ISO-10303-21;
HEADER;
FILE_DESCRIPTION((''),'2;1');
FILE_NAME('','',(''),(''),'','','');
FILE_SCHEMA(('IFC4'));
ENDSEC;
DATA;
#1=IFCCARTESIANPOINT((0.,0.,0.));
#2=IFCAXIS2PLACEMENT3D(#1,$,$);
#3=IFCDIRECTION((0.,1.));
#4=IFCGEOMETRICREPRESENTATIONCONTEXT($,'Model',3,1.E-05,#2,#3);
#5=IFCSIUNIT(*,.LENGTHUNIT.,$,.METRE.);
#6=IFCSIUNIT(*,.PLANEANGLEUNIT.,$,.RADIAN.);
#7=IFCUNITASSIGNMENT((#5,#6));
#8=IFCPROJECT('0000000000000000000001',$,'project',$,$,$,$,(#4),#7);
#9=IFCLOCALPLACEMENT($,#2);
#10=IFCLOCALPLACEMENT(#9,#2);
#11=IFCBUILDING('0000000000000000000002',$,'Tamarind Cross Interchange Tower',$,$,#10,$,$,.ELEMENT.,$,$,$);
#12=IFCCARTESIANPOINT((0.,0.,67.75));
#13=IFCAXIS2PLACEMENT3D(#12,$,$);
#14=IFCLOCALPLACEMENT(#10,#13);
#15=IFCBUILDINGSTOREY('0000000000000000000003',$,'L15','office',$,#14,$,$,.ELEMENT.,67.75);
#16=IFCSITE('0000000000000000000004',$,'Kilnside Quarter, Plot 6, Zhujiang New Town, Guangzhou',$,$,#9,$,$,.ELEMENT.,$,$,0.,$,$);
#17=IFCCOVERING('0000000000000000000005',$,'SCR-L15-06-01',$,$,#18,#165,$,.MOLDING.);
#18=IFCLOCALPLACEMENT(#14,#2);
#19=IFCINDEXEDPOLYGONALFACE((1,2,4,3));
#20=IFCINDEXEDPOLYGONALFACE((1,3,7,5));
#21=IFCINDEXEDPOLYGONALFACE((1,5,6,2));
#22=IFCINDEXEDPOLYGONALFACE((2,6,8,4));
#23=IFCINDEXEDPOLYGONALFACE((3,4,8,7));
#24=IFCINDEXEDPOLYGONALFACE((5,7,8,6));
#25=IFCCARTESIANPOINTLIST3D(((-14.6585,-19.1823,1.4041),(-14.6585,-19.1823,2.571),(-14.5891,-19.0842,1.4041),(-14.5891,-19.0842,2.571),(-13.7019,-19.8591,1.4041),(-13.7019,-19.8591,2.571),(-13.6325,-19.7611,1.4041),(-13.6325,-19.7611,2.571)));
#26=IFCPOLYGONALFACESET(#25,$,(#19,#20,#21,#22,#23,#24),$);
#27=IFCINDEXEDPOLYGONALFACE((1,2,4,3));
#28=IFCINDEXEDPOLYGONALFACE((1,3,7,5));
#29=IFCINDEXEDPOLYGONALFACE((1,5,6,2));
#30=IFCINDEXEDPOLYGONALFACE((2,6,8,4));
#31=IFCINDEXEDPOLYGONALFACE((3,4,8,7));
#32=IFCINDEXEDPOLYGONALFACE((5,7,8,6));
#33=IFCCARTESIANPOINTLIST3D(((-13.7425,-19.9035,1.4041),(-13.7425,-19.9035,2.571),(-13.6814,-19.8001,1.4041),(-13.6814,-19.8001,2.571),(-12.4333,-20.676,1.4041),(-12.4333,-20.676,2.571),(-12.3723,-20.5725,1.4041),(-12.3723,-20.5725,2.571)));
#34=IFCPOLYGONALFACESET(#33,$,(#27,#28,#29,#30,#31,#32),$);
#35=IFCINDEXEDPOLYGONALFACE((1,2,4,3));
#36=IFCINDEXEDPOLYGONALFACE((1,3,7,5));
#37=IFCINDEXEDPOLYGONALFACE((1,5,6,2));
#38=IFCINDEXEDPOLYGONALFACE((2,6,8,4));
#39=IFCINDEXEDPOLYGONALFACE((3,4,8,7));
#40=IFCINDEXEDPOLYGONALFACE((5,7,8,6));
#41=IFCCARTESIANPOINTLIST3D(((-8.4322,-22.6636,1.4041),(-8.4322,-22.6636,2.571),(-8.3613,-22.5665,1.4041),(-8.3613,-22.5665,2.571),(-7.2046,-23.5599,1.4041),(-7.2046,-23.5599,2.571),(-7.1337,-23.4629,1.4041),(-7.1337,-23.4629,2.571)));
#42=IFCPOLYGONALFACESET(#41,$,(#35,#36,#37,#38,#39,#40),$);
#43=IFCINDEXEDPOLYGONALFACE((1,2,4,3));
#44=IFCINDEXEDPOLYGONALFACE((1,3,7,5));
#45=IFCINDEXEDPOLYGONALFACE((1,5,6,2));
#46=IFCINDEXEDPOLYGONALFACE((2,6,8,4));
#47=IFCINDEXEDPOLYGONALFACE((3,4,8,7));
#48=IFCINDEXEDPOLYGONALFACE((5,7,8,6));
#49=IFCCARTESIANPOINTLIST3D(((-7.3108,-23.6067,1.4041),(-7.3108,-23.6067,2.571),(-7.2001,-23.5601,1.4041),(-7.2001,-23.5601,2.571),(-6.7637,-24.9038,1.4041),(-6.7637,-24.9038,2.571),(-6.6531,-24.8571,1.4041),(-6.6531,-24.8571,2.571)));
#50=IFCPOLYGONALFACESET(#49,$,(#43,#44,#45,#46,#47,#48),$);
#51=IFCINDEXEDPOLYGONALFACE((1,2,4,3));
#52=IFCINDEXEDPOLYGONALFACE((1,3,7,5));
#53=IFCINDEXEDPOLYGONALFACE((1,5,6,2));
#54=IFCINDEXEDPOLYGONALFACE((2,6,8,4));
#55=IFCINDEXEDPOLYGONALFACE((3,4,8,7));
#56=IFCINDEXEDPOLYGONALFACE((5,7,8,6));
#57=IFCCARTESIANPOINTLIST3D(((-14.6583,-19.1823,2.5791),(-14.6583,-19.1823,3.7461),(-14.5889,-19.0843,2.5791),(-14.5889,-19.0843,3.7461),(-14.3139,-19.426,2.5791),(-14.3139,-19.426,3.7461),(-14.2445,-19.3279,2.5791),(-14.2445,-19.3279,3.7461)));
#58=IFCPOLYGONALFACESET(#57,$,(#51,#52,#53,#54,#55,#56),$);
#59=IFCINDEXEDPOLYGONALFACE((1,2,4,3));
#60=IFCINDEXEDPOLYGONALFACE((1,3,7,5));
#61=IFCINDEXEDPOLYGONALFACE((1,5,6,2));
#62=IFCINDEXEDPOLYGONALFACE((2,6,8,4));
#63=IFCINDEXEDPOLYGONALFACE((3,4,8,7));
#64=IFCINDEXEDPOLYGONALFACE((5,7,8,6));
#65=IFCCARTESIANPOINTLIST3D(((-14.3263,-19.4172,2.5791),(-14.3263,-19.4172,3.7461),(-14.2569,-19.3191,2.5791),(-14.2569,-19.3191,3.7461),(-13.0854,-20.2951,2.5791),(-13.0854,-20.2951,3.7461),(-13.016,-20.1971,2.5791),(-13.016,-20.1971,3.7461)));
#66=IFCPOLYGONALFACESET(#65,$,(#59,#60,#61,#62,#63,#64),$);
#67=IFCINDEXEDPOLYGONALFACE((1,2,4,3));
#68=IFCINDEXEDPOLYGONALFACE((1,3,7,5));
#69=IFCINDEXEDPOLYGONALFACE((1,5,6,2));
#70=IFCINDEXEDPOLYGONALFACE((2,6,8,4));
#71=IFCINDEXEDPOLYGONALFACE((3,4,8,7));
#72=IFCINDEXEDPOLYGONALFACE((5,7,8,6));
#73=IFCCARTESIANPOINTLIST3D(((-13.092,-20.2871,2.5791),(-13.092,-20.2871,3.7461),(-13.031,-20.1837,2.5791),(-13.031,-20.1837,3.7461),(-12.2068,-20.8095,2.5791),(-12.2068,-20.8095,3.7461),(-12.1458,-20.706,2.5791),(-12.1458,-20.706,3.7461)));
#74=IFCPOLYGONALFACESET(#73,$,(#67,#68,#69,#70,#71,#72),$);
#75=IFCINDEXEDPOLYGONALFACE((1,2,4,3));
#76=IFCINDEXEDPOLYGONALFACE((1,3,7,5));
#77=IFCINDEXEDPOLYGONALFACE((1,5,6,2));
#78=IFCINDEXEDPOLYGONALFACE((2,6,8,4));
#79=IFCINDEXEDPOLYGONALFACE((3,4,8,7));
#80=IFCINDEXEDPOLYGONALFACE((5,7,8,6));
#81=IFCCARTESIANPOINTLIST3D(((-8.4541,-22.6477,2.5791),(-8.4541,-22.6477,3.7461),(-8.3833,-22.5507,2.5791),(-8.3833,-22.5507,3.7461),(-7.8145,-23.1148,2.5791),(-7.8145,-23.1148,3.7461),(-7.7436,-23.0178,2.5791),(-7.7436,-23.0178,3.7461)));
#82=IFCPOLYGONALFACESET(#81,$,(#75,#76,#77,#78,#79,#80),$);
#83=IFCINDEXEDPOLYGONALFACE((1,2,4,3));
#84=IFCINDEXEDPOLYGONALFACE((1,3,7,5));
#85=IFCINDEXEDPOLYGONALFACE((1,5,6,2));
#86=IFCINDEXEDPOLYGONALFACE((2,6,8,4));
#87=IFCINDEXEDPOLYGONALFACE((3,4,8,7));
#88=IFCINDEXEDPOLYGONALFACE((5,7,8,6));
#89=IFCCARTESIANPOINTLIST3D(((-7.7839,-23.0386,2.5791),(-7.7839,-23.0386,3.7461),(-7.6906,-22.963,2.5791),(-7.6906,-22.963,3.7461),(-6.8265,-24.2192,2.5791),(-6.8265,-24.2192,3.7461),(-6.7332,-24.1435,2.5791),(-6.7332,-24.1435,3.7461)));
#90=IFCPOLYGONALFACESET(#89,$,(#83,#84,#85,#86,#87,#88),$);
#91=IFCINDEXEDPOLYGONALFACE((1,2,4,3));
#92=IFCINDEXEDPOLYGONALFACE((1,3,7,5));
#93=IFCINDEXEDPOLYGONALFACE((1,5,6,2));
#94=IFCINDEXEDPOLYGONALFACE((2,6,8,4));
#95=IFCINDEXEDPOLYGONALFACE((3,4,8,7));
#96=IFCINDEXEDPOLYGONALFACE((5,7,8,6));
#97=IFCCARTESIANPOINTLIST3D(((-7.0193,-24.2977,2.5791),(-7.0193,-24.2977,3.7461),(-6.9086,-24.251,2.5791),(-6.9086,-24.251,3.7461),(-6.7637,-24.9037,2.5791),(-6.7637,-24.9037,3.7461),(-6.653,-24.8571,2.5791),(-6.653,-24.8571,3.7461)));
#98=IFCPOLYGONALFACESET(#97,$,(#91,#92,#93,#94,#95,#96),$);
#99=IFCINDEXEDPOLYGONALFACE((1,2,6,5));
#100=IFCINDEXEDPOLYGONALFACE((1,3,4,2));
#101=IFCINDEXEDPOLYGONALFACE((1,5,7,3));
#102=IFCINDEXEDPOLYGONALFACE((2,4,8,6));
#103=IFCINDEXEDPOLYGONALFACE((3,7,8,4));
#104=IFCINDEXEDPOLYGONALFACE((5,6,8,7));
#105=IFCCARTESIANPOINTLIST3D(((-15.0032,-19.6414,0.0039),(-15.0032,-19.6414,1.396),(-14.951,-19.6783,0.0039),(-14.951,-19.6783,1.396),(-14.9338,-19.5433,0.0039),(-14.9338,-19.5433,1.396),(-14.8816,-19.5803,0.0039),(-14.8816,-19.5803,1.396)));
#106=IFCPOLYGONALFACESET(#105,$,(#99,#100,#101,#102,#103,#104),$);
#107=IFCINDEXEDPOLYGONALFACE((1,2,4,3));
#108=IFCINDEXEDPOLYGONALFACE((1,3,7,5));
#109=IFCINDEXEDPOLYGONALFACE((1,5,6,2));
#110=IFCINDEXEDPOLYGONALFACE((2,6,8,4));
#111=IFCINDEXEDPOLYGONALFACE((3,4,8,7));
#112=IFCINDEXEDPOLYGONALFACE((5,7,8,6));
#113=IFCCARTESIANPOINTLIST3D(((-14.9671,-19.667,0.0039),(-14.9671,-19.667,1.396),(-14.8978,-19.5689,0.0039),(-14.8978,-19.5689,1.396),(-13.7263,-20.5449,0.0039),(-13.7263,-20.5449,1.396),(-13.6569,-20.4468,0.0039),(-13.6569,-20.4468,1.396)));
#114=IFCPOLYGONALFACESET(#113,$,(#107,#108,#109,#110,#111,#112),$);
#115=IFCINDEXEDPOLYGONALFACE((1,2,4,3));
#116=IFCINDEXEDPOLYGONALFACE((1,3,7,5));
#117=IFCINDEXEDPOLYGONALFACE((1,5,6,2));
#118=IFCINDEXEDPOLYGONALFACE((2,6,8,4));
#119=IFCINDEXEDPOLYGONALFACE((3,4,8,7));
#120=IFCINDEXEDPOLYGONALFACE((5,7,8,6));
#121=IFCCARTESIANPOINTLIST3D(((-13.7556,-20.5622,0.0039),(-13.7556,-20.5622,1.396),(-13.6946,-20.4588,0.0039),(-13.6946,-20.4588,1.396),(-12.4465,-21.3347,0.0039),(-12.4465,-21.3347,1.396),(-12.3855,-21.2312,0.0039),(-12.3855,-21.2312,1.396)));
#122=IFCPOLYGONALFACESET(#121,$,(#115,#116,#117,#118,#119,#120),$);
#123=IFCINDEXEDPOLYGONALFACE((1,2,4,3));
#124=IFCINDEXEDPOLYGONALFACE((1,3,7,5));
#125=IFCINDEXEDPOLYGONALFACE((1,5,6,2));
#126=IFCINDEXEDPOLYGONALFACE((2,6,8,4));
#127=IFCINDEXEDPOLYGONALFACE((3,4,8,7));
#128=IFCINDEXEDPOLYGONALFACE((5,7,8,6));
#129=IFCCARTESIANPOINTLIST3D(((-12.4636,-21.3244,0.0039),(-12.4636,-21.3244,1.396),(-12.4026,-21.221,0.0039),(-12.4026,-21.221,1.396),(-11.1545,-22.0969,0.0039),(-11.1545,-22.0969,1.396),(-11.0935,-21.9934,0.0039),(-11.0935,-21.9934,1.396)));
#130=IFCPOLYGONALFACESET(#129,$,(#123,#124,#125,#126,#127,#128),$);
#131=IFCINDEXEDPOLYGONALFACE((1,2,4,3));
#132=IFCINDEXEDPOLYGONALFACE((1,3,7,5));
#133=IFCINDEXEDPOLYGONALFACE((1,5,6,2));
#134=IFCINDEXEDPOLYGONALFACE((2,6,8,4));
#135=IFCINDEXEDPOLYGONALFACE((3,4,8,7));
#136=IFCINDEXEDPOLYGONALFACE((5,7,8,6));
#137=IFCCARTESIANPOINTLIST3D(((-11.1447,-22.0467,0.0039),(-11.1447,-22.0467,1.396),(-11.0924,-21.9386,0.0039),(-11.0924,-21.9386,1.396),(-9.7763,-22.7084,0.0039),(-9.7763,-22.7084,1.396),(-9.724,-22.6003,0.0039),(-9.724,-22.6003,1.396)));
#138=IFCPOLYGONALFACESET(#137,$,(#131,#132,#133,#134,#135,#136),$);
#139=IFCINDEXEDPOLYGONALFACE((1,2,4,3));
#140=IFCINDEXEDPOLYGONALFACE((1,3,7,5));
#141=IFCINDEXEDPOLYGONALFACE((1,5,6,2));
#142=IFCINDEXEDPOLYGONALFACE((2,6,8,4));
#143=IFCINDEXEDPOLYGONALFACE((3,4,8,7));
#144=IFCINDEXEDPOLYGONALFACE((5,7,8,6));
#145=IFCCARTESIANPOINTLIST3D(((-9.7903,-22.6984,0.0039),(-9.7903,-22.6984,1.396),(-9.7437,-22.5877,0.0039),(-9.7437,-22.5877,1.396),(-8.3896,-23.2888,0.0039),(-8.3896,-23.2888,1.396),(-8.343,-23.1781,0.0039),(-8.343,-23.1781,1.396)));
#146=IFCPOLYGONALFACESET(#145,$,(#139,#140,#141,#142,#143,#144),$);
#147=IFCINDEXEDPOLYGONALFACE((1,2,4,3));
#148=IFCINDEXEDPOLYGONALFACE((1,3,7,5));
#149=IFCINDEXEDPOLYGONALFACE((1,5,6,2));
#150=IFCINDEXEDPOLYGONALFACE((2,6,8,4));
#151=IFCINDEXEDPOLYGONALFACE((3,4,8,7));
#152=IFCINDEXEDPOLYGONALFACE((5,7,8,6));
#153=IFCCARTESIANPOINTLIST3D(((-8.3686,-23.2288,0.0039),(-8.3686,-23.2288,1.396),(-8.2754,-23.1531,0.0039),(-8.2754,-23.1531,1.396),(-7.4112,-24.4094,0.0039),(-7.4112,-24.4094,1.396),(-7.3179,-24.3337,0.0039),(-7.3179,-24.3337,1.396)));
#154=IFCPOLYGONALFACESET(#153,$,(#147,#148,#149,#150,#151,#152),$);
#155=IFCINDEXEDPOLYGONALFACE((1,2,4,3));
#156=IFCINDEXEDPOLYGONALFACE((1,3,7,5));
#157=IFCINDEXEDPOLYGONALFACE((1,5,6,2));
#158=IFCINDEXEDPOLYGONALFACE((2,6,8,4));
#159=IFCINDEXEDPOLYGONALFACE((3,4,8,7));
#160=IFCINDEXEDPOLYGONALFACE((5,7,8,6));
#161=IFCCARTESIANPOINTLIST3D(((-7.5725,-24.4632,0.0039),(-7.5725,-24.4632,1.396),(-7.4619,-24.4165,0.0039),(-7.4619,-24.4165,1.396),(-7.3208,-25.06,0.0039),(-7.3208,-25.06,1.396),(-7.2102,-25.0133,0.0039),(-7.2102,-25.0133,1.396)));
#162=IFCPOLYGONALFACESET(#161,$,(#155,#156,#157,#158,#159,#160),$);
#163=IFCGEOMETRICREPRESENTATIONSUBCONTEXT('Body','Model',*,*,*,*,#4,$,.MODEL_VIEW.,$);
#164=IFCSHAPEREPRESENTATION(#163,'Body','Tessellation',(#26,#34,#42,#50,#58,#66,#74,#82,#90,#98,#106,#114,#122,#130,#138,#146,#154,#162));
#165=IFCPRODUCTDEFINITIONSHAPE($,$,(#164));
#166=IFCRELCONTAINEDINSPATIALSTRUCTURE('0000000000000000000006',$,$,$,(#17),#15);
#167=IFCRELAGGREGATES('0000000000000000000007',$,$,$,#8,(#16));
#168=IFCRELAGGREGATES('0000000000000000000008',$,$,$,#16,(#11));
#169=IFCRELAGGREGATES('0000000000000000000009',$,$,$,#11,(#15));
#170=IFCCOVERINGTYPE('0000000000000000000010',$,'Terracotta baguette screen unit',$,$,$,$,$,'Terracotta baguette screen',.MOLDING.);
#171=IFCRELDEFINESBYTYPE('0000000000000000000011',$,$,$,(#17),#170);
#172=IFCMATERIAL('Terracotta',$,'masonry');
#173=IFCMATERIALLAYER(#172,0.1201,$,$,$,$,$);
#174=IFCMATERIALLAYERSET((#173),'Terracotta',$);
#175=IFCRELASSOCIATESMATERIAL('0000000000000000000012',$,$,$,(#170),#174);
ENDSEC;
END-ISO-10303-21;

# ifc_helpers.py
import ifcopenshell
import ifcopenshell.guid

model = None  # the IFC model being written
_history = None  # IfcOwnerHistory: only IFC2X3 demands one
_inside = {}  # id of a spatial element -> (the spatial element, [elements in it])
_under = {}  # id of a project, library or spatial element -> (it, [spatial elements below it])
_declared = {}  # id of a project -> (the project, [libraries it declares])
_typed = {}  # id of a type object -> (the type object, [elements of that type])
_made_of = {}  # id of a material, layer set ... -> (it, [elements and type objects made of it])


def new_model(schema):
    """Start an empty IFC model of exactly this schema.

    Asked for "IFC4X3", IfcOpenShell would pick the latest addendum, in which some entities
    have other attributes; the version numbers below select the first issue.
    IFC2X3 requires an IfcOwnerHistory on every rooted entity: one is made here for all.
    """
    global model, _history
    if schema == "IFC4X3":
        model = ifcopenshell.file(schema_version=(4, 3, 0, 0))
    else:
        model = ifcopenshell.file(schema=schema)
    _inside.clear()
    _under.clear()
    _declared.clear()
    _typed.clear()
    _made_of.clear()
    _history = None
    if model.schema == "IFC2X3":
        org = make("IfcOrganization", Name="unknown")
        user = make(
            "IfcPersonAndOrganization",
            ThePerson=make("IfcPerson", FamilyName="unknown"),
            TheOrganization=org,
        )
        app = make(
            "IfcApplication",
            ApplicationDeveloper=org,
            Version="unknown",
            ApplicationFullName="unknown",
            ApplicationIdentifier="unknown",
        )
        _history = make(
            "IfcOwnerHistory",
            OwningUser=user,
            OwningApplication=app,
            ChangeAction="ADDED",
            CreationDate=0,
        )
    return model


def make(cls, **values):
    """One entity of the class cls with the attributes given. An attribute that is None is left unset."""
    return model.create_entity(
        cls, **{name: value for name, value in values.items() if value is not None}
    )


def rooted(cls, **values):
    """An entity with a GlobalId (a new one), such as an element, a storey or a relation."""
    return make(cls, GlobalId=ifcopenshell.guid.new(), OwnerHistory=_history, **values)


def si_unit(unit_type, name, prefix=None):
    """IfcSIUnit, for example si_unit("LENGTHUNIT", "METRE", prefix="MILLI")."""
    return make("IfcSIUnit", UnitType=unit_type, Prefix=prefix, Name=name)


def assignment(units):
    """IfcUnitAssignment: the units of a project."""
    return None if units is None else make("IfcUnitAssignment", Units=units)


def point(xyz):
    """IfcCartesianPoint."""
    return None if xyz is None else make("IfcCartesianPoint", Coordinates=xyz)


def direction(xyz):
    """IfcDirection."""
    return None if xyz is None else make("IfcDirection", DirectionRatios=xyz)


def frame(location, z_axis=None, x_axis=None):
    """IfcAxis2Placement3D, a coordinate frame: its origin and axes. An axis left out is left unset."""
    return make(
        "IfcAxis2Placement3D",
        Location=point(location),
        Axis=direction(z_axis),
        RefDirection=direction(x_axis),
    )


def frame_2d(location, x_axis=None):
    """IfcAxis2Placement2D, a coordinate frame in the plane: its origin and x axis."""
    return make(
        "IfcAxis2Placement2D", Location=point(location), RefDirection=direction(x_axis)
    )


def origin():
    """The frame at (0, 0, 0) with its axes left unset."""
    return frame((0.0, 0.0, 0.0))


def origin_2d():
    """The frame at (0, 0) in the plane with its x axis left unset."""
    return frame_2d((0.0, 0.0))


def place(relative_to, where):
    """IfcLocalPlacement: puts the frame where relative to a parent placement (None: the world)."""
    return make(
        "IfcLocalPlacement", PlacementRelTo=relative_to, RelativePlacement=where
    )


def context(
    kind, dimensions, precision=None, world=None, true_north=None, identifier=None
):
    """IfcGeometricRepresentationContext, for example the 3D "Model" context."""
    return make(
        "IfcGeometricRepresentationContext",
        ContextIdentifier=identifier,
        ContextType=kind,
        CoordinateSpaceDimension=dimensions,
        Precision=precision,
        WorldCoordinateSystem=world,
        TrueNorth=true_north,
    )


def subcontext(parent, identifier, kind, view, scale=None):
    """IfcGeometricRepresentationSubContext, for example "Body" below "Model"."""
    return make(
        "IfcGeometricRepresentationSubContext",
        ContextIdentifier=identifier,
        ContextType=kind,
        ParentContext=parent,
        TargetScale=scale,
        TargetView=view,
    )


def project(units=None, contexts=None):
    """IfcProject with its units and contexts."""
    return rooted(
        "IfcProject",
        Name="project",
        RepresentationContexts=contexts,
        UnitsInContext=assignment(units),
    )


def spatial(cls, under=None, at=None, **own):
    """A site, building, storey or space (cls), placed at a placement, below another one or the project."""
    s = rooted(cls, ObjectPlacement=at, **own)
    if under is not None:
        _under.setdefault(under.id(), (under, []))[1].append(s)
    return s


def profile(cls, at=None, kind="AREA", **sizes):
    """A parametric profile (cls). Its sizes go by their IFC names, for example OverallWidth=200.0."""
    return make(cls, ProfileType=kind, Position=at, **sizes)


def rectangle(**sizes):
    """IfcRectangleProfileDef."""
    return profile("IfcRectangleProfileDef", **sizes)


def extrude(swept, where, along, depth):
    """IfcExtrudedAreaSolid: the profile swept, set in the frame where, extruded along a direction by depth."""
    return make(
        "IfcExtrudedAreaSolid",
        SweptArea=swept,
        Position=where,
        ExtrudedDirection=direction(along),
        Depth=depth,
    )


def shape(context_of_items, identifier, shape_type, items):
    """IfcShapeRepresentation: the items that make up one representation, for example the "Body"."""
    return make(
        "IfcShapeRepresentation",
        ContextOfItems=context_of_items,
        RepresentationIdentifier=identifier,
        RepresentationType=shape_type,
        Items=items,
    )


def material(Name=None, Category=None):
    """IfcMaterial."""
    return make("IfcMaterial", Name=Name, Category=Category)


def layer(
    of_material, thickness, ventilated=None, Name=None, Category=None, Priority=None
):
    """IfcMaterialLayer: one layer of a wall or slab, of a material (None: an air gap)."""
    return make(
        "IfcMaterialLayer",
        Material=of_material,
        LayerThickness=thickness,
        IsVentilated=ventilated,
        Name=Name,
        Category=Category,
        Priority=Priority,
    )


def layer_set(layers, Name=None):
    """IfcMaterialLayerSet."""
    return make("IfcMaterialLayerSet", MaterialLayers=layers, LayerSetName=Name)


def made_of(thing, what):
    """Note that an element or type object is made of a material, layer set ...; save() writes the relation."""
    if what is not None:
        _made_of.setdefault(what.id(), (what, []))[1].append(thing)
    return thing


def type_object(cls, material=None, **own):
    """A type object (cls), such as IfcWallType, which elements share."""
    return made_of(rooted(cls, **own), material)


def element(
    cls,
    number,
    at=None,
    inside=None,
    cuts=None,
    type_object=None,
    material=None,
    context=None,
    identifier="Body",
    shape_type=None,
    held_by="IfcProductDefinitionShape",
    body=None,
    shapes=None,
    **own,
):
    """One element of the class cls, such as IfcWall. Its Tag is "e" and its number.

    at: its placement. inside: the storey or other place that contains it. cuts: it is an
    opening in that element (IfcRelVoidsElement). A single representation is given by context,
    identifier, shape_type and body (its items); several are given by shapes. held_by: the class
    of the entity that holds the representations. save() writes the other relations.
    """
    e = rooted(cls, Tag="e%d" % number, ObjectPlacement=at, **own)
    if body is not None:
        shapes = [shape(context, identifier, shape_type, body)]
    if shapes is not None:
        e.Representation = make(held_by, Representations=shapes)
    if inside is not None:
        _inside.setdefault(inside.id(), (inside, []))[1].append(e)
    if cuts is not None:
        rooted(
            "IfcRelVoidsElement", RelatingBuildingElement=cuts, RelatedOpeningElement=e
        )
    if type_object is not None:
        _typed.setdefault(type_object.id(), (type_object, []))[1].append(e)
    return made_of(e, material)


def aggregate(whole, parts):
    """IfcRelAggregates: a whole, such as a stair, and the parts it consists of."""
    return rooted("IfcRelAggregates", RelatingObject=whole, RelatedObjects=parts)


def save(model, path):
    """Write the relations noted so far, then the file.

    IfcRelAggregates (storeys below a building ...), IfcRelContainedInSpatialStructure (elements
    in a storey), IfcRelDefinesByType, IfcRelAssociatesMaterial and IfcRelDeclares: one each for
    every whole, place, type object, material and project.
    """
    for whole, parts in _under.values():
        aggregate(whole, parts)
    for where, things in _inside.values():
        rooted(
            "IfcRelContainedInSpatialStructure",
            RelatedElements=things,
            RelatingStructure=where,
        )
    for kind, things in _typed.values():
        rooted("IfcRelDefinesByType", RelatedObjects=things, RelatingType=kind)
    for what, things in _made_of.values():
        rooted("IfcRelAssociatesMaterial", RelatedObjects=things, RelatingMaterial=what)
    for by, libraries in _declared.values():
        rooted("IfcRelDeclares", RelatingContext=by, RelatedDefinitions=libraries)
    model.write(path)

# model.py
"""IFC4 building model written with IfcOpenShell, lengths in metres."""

from ifc_helpers import new_model, si_unit, direction, frame, origin, origin_2d, place, context, subcontext, project, spatial, rectangle, extrude, material, layer, layer_set, type_object, element, save


model = new_model("IFC4")

# Units and contexts
model_context = context("Model", 3, precision=1e-05, world=origin(), true_north=direction((0.0, 1.0)))
body_context = subcontext(model_context, "Body", "Model", "MODEL_VIEW")
ifc_project = project(units=[si_unit("LENGTHUNIT", "METRE"), si_unit("PLANEANGLEUNIT", "RADIAN")], contexts=[model_context])

# Site, building, storey
site_placement = place(None, origin())
site = spatial("IfcSite", under=ifc_project, at=site_placement, Name="Kilnside Quarter, Plot 6, Zhujiang New Town, Guangzhou", CompositionType="ELEMENT", RefElevation=0.0)
building_placement = place(site_placement, origin())
building = spatial("IfcBuilding", under=site, at=building_placement, Name="Tamarind Cross Interchange Tower", CompositionType="ELEMENT")
storey_placement = place(building_placement, frame((0.0, 0.0, 67.75)))
storey = spatial("IfcBuildingStorey", under=building, at=storey_placement, Name="L15", Description="office", CompositionType="ELEMENT", Elevation=67.75)

# Covering
ifc_material_1 = material(Name="Terracotta", Category="masonry")
ifc_layer_1 = layer(ifc_material_1, 0.1201)
ifc_layer_set_1 = layer_set([ifc_layer_1], Name="Terracotta")
covering_type = type_object("IfcCoveringType", Name="Terracotta baguette screen unit", ElementType="Terracotta baguette screen", PredefinedType="MOLDING", material=ifc_layer_set_1)
covering_1_placement = place(storey_placement, origin())
element("IfcCovering", 1, at=covering_1_placement, inside=storey, type_object=covering_type, Name="SCR-L15-06-01", PredefinedType="MOLDING", context=body_context, shape_type="SweptSolid", body=[
    extrude(rectangle(XDim=1.1719, YDim=0.1201, at=origin_2d()), frame((-14.1455, -19.4717, 1.4041), z_axis=(0.0, 0.0, 1.0), x_axis=(0.816342, -0.577569, 0.0)), (0.0, 0.0, 1.0), 1.167),
    extrude(rectangle(XDim=1.52, YDim=0.1201, at=origin_2d()), frame((-13.0574, -20.238, 1.4041), z_axis=(0.0, 0.0, 1.0), x_axis=(0.861249, -0.508183, 0.0)), (0.0, 0.0, 1.0), 1.167),
    extrude(rectangle(XDim=1.52, YDim=0.1201, at=origin_2d()), frame((-7.783, -23.0632, 1.4041), z_axis=(0.0, 0.0, 1.0), x_axis=(0.807619, -0.589705, 0.0)), (0.0, 0.0, 1.0), 1.167),
    extrude(rectangle(XDim=1.4077, YDim=0.1201, at=origin_2d()), frame((-6.9819, -24.2319, 1.4041), z_axis=(0.0, 0.0, 1.0), x_axis=(0.388606, -0.921404, 0.0)), (0.0, 0.0, 1.0), 1.167),
    extrude(rectangle(XDim=0.4219, YDim=0.1201, at=origin_2d()), frame((-14.4514, -19.2551, 2.5791), z_axis=(0.0, 0.0, 1.0), x_axis=(0.816342, -0.577569, 0.0)), (0.0, 0.0, 1.0), 1.167),
    extrude(rectangle(XDim=1.52, YDim=0.1201, at=origin_2d()), frame((-13.6711, -19.8071, 2.5791), z_axis=(0.0, 0.0, 1.0), x_axis=(0.816342, -0.577569, 0.0)), (0.0, 0.0, 1.0), 1.167),
    extrude(rectangle(XDim=1.0278, YDim=0.1201, at=origin_2d()), frame((-12.6189, -20.4966, 2.5791), z_axis=(0.0, 0.0, 1.0), x_axis=(0.861249, -0.508183, 0.0)), (0.0, 0.0, 1.0), 1.167),
    extrude(rectangle(XDim=0.792, YDim=0.1201, at=origin_2d()), frame((-8.0989, -22.8328, 2.5791), z_axis=(0.0, 0.0, 1.0), x_axis=(0.807619, -0.589705, 0.0)), (0.0, 0.0, 1.0), 1.167),
    extrude(rectangle(XDim=1.52, YDim=0.1201, at=origin_2d()), frame((-7.2585, -23.5911, 2.5791), z_axis=(0.0, 0.0, 1.0), x_axis=(0.629913, -0.776666, 0.0)), (0.0, 0.0, 1.0), 1.167),
    extrude(rectangle(XDim=0.6577, YDim=0.1201, at=origin_2d()), frame((-6.8362, -24.5774, 2.5791), z_axis=(0.0, 0.0, 1.0), x_axis=(0.388606, -0.921404, 0.0)), (0.0, 0.0, 1.0), 1.167),
    extrude(rectangle(XDim=0.064, YDim=0.1201, at=origin_2d()), frame((-14.9424, -19.6108, 0.0039), z_axis=(0.0, 0.0, 1.0), x_axis=(0.816342, -0.577569, 0.0)), (0.0, 0.0, 1.0), 1.3921),
    extrude(rectangle(XDim=1.52, YDim=0.1201, at=origin_2d()), frame((-14.312, -20.0569, 0.0039), z_axis=(0.0, 0.0, 1.0), x_axis=(0.816342, -0.577569, 0.0)), (0.0, 0.0, 1.0), 1.3921),
    extrude(rectangle(XDim=1.52, YDim=0.1201, at=origin_2d()), frame((-13.0706, -20.8967, 0.0039), z_axis=(0.0, 0.0, 1.0), x_axis=(0.861249, -0.508183, 0.0)), (0.0, 0.0, 1.0), 1.3921),
    extrude(rectangle(XDim=1.52, YDim=0.1201, at=origin_2d()), frame((-11.7786, -21.6589, 0.0039), z_axis=(0.0, 0.0, 1.0), x_axis=(0.861249, -0.508183, 0.0)), (0.0, 0.0, 1.0), 1.3921),
    extrude(rectangle(XDim=1.52, YDim=0.1201, at=origin_2d()), frame((-10.4343, -22.3235, 0.0039), z_axis=(0.0, 0.0, 1.0), x_axis=(0.900273, -0.435326, 0.0)), (0.0, 0.0, 1.0), 1.3921),
    extrude(rectangle(XDim=1.52, YDim=0.1201, at=origin_2d()), frame((-9.0667, -22.9382, 0.0039), z_axis=(0.0, 0.0, 1.0), x_axis=(0.921481, -0.388422, 0.0)), (0.0, 0.0, 1.0), 1.3921),
    extrude(rectangle(XDim=1.52, YDim=0.1201, at=origin_2d()), frame((-7.8433, -23.7812, 0.0039), z_axis=(0.0, 0.0, 1.0), x_axis=(0.629913, -0.776666, 0.0)), (0.0, 0.0, 1.0), 1.3921),
    extrude(rectangle(XDim=0.6477, YDim=0.1201, at=origin_2d()), frame((-7.3914, -24.7383, 0.0039), z_axis=(0.0, 0.0, 1.0), x_axis=(0.388606, -0.921404, 0.0)), (0.0, 0.0, 1.0), 1.3921),
])

save(model, "model.ifc")
